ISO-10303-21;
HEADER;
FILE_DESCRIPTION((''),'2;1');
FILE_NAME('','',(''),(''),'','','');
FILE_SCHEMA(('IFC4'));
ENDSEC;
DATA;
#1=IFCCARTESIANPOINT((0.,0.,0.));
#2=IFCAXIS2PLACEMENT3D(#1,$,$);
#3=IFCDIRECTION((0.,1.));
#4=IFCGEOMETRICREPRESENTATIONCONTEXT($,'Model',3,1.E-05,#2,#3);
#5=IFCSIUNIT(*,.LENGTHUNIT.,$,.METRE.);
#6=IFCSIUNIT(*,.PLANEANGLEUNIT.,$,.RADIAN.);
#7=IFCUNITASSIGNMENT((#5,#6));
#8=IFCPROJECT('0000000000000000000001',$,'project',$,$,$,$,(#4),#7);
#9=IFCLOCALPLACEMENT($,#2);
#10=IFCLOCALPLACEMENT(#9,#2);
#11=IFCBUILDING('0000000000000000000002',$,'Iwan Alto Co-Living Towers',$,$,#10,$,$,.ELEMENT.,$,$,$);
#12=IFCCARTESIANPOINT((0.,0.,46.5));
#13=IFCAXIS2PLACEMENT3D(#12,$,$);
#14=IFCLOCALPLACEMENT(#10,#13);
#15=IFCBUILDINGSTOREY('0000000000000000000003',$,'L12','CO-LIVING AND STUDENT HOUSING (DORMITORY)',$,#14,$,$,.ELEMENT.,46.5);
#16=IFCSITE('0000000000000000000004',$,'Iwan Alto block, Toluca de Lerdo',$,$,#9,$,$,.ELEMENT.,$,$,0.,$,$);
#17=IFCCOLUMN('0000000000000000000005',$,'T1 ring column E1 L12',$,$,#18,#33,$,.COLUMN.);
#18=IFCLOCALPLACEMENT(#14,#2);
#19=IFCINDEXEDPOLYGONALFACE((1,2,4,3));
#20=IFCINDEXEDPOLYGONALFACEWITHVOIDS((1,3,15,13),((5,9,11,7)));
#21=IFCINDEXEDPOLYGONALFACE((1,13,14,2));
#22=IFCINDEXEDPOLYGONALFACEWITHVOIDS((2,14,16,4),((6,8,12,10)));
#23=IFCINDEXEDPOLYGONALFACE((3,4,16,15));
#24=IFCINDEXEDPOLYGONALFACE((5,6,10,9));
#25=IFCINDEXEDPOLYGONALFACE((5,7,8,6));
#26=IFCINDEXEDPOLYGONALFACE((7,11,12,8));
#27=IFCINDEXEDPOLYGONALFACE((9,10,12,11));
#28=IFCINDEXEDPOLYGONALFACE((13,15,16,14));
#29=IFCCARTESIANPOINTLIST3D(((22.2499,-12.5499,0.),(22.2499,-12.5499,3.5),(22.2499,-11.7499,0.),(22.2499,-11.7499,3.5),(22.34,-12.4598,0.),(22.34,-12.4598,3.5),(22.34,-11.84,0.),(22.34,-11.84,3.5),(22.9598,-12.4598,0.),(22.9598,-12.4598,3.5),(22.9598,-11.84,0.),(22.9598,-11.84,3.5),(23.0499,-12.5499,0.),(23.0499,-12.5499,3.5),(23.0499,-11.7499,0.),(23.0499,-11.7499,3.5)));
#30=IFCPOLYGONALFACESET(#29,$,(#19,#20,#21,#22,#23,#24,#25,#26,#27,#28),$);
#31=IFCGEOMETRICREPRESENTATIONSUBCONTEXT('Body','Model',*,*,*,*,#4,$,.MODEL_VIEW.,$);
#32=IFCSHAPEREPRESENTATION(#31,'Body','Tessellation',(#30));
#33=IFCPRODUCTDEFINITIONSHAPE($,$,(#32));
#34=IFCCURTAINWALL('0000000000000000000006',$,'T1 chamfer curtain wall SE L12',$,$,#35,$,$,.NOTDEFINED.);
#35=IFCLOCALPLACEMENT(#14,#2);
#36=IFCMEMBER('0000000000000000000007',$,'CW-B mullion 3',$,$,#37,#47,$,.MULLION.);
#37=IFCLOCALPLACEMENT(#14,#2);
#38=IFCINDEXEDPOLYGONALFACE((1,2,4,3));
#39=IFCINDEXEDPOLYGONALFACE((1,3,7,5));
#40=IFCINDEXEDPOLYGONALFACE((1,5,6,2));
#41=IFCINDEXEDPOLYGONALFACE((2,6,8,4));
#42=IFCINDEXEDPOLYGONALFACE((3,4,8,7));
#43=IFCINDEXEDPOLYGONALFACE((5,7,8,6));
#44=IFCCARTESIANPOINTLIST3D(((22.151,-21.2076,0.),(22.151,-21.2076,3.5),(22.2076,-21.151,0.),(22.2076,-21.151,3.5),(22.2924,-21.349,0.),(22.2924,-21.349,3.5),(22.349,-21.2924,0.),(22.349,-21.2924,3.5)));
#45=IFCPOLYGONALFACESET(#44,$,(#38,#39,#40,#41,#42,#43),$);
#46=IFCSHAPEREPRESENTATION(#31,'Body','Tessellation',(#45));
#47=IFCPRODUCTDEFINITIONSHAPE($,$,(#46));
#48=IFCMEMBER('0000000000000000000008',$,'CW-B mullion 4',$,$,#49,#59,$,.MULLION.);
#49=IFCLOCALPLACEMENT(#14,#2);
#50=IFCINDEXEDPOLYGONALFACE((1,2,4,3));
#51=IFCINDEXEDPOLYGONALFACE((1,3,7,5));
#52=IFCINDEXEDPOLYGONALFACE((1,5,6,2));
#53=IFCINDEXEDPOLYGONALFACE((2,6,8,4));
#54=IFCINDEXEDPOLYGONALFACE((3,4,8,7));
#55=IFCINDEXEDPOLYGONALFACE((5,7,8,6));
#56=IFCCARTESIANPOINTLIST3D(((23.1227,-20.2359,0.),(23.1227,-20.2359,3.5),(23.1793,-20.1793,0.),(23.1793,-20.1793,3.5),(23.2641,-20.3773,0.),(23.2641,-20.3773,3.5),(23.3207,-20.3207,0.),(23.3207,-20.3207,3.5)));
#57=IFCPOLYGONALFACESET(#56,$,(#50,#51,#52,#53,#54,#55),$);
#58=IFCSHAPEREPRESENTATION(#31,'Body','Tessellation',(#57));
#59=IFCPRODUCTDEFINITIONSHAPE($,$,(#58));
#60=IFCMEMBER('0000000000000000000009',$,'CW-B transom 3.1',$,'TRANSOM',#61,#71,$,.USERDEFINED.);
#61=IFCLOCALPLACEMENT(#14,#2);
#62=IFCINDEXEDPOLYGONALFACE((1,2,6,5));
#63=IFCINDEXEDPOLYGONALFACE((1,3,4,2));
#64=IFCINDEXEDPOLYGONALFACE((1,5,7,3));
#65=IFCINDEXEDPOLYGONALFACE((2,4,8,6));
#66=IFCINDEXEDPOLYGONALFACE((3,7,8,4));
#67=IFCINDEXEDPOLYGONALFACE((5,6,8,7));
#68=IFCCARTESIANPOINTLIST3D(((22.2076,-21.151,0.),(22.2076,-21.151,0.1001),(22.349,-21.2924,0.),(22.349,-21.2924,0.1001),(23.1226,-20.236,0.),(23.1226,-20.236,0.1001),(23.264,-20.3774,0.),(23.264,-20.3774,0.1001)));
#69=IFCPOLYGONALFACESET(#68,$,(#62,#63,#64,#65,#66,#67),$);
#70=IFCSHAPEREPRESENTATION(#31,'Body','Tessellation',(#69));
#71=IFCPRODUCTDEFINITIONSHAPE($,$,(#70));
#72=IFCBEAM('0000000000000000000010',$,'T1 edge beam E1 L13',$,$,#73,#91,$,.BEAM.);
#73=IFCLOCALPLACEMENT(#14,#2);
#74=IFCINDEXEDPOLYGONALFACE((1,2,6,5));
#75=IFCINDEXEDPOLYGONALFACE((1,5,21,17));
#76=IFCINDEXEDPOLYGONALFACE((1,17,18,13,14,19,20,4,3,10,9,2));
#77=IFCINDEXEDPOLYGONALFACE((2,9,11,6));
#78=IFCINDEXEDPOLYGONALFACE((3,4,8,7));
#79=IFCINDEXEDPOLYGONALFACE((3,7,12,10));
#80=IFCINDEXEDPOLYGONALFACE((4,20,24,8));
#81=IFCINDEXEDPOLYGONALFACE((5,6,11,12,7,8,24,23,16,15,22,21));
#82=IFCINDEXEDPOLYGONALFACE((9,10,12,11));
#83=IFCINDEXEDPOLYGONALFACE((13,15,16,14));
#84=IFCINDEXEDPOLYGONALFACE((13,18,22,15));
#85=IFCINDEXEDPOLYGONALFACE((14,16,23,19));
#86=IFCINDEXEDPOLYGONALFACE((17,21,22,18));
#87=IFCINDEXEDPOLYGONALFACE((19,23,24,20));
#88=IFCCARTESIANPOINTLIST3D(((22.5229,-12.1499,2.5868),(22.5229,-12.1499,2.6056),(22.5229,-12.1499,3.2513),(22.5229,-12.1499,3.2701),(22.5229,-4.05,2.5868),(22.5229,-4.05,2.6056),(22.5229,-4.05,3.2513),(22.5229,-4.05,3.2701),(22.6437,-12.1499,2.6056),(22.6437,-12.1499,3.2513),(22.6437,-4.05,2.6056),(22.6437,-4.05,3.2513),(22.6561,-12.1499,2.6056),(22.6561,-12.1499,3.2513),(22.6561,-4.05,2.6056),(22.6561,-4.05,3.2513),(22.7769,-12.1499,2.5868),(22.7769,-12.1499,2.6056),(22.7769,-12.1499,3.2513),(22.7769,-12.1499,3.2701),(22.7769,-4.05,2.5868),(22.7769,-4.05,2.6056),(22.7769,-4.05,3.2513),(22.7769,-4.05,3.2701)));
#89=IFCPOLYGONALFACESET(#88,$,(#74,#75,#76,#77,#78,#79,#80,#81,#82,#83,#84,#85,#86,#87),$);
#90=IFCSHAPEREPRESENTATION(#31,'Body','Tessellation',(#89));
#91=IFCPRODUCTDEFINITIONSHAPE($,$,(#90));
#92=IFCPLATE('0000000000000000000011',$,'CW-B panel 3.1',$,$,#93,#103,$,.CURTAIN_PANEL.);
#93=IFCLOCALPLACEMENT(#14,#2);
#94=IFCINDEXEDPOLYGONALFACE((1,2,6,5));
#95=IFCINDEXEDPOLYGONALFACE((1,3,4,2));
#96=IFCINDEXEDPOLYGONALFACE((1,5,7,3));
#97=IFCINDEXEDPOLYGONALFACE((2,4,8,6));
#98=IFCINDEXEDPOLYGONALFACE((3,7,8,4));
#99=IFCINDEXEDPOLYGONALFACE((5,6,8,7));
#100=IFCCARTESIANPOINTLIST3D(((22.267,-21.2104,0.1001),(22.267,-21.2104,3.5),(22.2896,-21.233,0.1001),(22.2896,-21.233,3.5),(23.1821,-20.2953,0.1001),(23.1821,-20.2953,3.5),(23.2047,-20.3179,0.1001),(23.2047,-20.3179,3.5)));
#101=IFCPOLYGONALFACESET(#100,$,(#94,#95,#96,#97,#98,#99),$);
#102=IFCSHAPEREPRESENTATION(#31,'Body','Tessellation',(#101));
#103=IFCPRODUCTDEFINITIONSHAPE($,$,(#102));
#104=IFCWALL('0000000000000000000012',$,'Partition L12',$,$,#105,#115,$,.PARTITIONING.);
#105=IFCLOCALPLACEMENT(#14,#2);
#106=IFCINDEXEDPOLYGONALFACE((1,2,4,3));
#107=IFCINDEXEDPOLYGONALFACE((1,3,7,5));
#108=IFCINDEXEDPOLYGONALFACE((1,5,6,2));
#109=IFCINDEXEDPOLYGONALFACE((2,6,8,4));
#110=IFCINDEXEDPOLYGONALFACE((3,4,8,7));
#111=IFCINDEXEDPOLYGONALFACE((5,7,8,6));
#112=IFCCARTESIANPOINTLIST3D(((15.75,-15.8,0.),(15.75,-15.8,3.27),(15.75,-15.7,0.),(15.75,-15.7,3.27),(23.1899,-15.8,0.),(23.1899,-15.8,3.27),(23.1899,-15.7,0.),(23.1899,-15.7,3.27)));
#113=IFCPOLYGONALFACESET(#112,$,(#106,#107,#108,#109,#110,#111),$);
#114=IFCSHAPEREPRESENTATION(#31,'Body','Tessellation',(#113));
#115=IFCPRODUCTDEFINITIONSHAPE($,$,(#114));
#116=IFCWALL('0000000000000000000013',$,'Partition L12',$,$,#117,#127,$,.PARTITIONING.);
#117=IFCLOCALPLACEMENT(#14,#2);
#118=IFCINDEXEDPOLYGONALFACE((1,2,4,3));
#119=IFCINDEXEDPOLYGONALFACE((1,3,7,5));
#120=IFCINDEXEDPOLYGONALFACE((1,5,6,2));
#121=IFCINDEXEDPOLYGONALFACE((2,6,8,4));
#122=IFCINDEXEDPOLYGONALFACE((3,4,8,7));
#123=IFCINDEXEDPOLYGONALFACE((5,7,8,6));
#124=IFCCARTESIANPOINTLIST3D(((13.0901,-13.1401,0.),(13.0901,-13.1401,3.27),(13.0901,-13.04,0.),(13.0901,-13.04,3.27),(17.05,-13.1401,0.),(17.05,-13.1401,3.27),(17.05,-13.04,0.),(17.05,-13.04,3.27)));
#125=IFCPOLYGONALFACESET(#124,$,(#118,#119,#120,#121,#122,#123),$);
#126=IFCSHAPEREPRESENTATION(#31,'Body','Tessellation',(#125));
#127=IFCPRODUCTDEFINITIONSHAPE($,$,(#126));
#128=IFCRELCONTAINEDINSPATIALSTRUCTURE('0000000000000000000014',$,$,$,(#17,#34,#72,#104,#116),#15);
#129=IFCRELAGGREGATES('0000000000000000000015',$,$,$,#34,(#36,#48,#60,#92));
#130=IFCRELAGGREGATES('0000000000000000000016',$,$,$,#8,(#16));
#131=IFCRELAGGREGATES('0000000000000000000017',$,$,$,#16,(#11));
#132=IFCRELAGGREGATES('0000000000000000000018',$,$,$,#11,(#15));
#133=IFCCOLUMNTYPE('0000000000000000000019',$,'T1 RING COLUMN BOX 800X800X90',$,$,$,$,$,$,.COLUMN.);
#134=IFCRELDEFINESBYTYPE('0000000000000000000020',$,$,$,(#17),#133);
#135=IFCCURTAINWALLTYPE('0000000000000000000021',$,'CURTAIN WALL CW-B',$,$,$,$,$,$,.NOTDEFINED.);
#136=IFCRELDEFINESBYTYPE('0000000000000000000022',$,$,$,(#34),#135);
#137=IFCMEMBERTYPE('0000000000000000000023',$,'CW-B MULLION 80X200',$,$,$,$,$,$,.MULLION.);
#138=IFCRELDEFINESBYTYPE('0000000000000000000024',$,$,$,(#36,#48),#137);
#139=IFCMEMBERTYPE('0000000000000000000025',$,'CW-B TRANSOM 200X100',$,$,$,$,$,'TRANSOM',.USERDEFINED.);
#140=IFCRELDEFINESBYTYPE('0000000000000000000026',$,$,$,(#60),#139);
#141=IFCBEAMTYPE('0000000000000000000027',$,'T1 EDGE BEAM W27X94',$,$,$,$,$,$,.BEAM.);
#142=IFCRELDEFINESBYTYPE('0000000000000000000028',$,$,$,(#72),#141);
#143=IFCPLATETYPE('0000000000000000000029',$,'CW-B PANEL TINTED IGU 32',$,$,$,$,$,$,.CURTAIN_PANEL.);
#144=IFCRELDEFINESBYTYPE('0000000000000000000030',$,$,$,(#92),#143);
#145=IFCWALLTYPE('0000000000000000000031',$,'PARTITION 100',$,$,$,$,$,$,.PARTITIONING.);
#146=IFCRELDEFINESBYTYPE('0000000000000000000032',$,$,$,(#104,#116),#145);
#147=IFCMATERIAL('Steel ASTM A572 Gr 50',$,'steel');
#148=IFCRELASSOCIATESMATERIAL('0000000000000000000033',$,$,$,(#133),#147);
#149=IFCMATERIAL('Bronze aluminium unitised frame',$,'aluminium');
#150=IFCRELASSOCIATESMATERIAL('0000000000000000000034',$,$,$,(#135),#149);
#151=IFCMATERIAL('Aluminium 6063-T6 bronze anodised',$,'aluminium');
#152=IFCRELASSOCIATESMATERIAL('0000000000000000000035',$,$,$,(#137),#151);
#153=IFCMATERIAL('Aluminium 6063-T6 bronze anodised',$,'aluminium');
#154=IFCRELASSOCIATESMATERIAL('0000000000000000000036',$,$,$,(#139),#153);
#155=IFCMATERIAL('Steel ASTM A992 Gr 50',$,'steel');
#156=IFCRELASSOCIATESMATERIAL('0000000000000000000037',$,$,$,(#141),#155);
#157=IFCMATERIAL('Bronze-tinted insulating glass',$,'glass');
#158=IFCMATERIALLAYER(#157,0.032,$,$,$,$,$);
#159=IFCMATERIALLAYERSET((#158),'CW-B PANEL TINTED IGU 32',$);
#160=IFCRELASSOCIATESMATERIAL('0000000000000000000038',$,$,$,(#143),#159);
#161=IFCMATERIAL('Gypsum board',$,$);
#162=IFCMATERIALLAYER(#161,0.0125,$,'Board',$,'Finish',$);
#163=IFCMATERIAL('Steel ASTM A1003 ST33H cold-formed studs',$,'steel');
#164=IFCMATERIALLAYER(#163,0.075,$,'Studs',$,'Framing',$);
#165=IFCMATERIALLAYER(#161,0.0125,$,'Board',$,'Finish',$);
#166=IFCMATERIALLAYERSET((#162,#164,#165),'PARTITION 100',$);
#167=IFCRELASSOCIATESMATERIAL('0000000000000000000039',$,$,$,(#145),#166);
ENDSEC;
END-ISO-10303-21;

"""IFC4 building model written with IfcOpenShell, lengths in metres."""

from ifc_helpers import new_model, si_unit, direction, frame, frame_2d, origin, origin_2d, place, context, subcontext, project, spatial, rectangle, hollow_rectangle, i_section, extrude, material, layer, layer_set, material_profile, profile_set, type_object, element, aggregate, save


model = new_model("IFC4")

# Units and contexts
model_context = context("Model", 3, precision=1e-05, world=origin(), true_north=direction((0.0, 1.0)))
body_context = subcontext(model_context, "Body", "Model", "MODEL_VIEW")
ifc_project = project(units=[si_unit("LENGTHUNIT", "METRE"), si_unit("PLANEANGLEUNIT", "RADIAN")], contexts=[model_context])

# Site, building, storey
site_placement = place(None, origin())
site = spatial("IfcSite", under=ifc_project, at=site_placement, Name="Iwan Alto block, Toluca de Lerdo", CompositionType="ELEMENT", RefElevation=0.0)
building_placement = place(site_placement, origin())
building = spatial("IfcBuilding", under=site, at=building_placement, Name="Iwan Alto Co-Living Towers", CompositionType="ELEMENT")
storey_placement = place(building_placement, frame((0.0, 0.0, 46.5)))
storey = spatial("IfcBuildingStorey", under=building, at=storey_placement, Name="L12", Description="CO-LIVING AND STUDENT HOUSING (DORMITORY)", CompositionType="ELEMENT", Elevation=46.5)

# Column
ifc_material_1 = material(Name="Steel ASTM A572 Gr 50", Category="steel")
ifc_material_profile_1 = material_profile(ifc_material_1, hollow_rectangle(XDim=0.8, YDim=0.8, WallThickness=0.0901, at=origin_2d()), Name="BOX 800X800X90")
ifc_profile_set_1 = profile_set([ifc_material_profile_1], Name="Steel ASTM A572 Gr 50")
column_type = type_object("IfcColumnType", Name="T1 RING COLUMN BOX 800X800X90", PredefinedType="COLUMN", material=ifc_profile_set_1)
column_placement = place(storey_placement, frame((22.6499, -12.1499, 0.0), z_axis=(0.0, 0.0, 1.0), x_axis=(1.0, 0.0, 0.0)))
element("IfcColumn", 1, at=column_placement, inside=storey, type_object=column_type, Name="T1 ring column E1 L12", PredefinedType="COLUMN", context=body_context, shape_type="SweptSolid", body=[
    extrude(hollow_rectangle(XDim=0.8, YDim=0.8, WallThickness=0.0901, at=origin_2d()), origin(), (0.0, 0.0, 1.0), 3.5),
])

# Curtain wall, members
ifc_material_2 = material(Name="Bronze aluminium unitised frame", Category="aluminium")
curtain_wall_type = type_object("IfcCurtainWallType", Name="CURTAIN WALL CW-B", PredefinedType="NOTDEFINED", material=ifc_material_2)
curtain_wall_placement = place(storey_placement, origin())
curtain_wall = element("IfcCurtainWall", 2, at=curtain_wall_placement, inside=storey, type_object=curtain_wall_type, Name="T1 chamfer curtain wall SE L12", PredefinedType="NOTDEFINED")
ifc_material_3 = material(Name="Aluminium 6063-T6 bronze anodised", Category="aluminium")
ifc_material_profile_2 = material_profile(ifc_material_3, rectangle(XDim=0.2, YDim=0.0801, at=origin_2d()), Name="AL 80X200")
ifc_profile_set_2 = profile_set([ifc_material_profile_2], Name="Aluminium 6063-T6 bronze anodised")
member_type_1 = type_object("IfcMemberType", Name="CW-B MULLION 80X200", PredefinedType="MULLION", material=ifc_profile_set_2)
member_1_placement = place(storey_placement, frame((22.25, -21.25, 0.0), z_axis=(0.0, 0.0, 1.0), x_axis=(-0.707107, 0.707107, 0.0)))
member_1 = element("IfcMember", 3, at=member_1_placement, type_object=member_type_1, Name="CW-B mullion 3", PredefinedType="MULLION", context=body_context, shape_type="SweptSolid", body=[
    extrude(rectangle(XDim=0.2, YDim=0.0801, at=origin_2d()), origin(), (0.0, 0.0, 1.0), 3.5),
])
member_2_placement = place(storey_placement, frame((23.2217, -20.2783, 0.0), z_axis=(0.0, 0.0, 1.0), x_axis=(-0.707107, 0.707107, 0.0)))
member_2 = element("IfcMember", 4, at=member_2_placement, type_object=member_type_1, Name="CW-B mullion 4", PredefinedType="MULLION", context=body_context, shape_type="SweptSolid", body=[
    extrude(rectangle(XDim=0.2, YDim=0.0801, at=origin_2d()), origin(), (0.0, 0.0, 1.0), 3.5),
])
ifc_material_4 = material(Name="Aluminium 6063-T6 bronze anodised", Category="aluminium")
ifc_material_profile_3 = material_profile(ifc_material_4, rectangle(XDim=0.2, YDim=0.1001, at=origin_2d()), Name="AL 200X100")
ifc_profile_set_3 = profile_set([ifc_material_profile_3], Name="Aluminium 6063-T6 bronze anodised")
member_type_2 = type_object("IfcMemberType", Name="CW-B TRANSOM 200X100", ElementType="TRANSOM", PredefinedType="USERDEFINED", material=ifc_profile_set_3)
member_3_placement = place(storey_placement, frame((22.2783, -21.2217, 0.05), z_axis=(0.707107, 0.707107, 0.0), x_axis=(-0.707107, 0.707107, 0.0)))
member_3 = element("IfcMember", 5, at=member_3_placement, type_object=member_type_2, Name="CW-B transom 3.1", ObjectType="TRANSOM", PredefinedType="USERDEFINED", context=body_context, shape_type="SweptSolid", body=[
    extrude(rectangle(XDim=0.2, YDim=0.1001, at=origin_2d()), origin(), (0.0, 0.0, 1.0), 1.2939),
])

# Beam
ifc_material_5 = material(Name="Steel ASTM A992 Gr 50", Category="steel")
ifc_material_profile_4 = material_profile(ifc_material_5, i_section(OverallWidth=0.2539, OverallDepth=0.6833, WebThickness=0.0125, FlangeThickness=0.0188, at=origin_2d()), Name="W27X94")
ifc_profile_set_4 = profile_set([ifc_material_profile_4], Name="Steel ASTM A992 Gr 50")
beam_type = type_object("IfcBeamType", Name="T1 EDGE BEAM W27X94", PredefinedType="BEAM", material=ifc_profile_set_4)
beam_placement = place(storey_placement, frame((22.6499, -12.1499, 2.9285), z_axis=(0.0, 1.0, 0.0), x_axis=(-1.0, 0.0, 0.0)))
element("IfcBeam", 6, at=beam_placement, inside=storey, type_object=beam_type, Name="T1 edge beam E1 L13", PredefinedType="BEAM", context=body_context, shape_type="SweptSolid", body=[
    extrude(i_section(OverallWidth=0.2539, OverallDepth=0.6833, WebThickness=0.0125, FlangeThickness=0.0188, at=origin_2d()), origin(), (0.0, 0.0, 1.0), 8.0999),
])

# Plate
ifc_material_6 = material(Name="Bronze-tinted insulating glass", Category="glass")
ifc_layer_1 = layer(ifc_material_6, 0.032)
ifc_layer_set_1 = layer_set([ifc_layer_1], Name="CW-B PANEL TINTED IGU 32")
plate_type = type_object("IfcPlateType", Name="CW-B PANEL TINTED IGU 32", PredefinedType="CURTAIN_PANEL", material=ifc_layer_set_1)
plate_placement = place(storey_placement, frame((22.7358, -20.7642, 0.1001), z_axis=(0.0, 0.0, 1.0), x_axis=(0.707107, 0.707107, 0.0)))
plate = element("IfcPlate", 7, at=plate_placement, type_object=plate_type, Name="CW-B panel 3.1", PredefinedType="CURTAIN_PANEL", context=body_context, shape_type="SweptSolid", body=[
    extrude(rectangle(XDim=1.2942, YDim=0.032, at=origin_2d()), origin(), (0.0, 0.0, 1.0), 3.3999),
])
aggregate(curtain_wall, [member_1, member_2, member_3, plate])

# Walls
ifc_material_7 = material(Name="Gypsum board")
ifc_layer_2 = layer(ifc_material_7, 0.0125, Name="Board", Category="Finish")
ifc_material_8 = material(Name="Steel ASTM A1003 ST33H cold-formed studs", Category="steel")
ifc_layer_3 = layer(ifc_material_8, 0.075, Name="Studs", Category="Framing")
ifc_layer_4 = layer(ifc_material_7, 0.0125, Name="Board", Category="Finish")
ifc_layer_set_2 = layer_set([ifc_layer_2, ifc_layer_3, ifc_layer_4], Name="PARTITION 100")
wall_type = type_object("IfcWallType", Name="PARTITION 100", PredefinedType="PARTITIONING", material=ifc_layer_set_2)
wall_1_placement = place(storey_placement, frame((15.75, -15.75, 0.0), z_axis=(0.0, 0.0, 1.0), x_axis=(1.0, 0.0, 0.0)))
element("IfcWall", 8, at=wall_1_placement, inside=storey, type_object=wall_type, Name="Partition L12", PredefinedType="PARTITIONING", context=body_context, shape_type="SweptSolid", body=[
    extrude(rectangle(XDim=7.4399, YDim=0.1001, at=frame_2d((3.72, 0.0))), origin(), (0.0, 0.0, 1.0), 3.27),
])
wall_2_placement = place(storey_placement, frame((13.0901, -13.0901, 0.0), z_axis=(0.0, 0.0, 1.0), x_axis=(1.0, 0.0, 0.0)))
element("IfcWall", 9, at=wall_2_placement, inside=storey, type_object=wall_type, Name="Partition L12", PredefinedType="PARTITIONING", context=body_context, shape_type="SweptSolid", body=[
    extrude(rectangle(XDim=3.96, YDim=0.1001, at=frame_2d((1.98, 0.0))), origin(), (0.0, 0.0, 1.0), 3.27),
])

save(model, "model.ifc")
